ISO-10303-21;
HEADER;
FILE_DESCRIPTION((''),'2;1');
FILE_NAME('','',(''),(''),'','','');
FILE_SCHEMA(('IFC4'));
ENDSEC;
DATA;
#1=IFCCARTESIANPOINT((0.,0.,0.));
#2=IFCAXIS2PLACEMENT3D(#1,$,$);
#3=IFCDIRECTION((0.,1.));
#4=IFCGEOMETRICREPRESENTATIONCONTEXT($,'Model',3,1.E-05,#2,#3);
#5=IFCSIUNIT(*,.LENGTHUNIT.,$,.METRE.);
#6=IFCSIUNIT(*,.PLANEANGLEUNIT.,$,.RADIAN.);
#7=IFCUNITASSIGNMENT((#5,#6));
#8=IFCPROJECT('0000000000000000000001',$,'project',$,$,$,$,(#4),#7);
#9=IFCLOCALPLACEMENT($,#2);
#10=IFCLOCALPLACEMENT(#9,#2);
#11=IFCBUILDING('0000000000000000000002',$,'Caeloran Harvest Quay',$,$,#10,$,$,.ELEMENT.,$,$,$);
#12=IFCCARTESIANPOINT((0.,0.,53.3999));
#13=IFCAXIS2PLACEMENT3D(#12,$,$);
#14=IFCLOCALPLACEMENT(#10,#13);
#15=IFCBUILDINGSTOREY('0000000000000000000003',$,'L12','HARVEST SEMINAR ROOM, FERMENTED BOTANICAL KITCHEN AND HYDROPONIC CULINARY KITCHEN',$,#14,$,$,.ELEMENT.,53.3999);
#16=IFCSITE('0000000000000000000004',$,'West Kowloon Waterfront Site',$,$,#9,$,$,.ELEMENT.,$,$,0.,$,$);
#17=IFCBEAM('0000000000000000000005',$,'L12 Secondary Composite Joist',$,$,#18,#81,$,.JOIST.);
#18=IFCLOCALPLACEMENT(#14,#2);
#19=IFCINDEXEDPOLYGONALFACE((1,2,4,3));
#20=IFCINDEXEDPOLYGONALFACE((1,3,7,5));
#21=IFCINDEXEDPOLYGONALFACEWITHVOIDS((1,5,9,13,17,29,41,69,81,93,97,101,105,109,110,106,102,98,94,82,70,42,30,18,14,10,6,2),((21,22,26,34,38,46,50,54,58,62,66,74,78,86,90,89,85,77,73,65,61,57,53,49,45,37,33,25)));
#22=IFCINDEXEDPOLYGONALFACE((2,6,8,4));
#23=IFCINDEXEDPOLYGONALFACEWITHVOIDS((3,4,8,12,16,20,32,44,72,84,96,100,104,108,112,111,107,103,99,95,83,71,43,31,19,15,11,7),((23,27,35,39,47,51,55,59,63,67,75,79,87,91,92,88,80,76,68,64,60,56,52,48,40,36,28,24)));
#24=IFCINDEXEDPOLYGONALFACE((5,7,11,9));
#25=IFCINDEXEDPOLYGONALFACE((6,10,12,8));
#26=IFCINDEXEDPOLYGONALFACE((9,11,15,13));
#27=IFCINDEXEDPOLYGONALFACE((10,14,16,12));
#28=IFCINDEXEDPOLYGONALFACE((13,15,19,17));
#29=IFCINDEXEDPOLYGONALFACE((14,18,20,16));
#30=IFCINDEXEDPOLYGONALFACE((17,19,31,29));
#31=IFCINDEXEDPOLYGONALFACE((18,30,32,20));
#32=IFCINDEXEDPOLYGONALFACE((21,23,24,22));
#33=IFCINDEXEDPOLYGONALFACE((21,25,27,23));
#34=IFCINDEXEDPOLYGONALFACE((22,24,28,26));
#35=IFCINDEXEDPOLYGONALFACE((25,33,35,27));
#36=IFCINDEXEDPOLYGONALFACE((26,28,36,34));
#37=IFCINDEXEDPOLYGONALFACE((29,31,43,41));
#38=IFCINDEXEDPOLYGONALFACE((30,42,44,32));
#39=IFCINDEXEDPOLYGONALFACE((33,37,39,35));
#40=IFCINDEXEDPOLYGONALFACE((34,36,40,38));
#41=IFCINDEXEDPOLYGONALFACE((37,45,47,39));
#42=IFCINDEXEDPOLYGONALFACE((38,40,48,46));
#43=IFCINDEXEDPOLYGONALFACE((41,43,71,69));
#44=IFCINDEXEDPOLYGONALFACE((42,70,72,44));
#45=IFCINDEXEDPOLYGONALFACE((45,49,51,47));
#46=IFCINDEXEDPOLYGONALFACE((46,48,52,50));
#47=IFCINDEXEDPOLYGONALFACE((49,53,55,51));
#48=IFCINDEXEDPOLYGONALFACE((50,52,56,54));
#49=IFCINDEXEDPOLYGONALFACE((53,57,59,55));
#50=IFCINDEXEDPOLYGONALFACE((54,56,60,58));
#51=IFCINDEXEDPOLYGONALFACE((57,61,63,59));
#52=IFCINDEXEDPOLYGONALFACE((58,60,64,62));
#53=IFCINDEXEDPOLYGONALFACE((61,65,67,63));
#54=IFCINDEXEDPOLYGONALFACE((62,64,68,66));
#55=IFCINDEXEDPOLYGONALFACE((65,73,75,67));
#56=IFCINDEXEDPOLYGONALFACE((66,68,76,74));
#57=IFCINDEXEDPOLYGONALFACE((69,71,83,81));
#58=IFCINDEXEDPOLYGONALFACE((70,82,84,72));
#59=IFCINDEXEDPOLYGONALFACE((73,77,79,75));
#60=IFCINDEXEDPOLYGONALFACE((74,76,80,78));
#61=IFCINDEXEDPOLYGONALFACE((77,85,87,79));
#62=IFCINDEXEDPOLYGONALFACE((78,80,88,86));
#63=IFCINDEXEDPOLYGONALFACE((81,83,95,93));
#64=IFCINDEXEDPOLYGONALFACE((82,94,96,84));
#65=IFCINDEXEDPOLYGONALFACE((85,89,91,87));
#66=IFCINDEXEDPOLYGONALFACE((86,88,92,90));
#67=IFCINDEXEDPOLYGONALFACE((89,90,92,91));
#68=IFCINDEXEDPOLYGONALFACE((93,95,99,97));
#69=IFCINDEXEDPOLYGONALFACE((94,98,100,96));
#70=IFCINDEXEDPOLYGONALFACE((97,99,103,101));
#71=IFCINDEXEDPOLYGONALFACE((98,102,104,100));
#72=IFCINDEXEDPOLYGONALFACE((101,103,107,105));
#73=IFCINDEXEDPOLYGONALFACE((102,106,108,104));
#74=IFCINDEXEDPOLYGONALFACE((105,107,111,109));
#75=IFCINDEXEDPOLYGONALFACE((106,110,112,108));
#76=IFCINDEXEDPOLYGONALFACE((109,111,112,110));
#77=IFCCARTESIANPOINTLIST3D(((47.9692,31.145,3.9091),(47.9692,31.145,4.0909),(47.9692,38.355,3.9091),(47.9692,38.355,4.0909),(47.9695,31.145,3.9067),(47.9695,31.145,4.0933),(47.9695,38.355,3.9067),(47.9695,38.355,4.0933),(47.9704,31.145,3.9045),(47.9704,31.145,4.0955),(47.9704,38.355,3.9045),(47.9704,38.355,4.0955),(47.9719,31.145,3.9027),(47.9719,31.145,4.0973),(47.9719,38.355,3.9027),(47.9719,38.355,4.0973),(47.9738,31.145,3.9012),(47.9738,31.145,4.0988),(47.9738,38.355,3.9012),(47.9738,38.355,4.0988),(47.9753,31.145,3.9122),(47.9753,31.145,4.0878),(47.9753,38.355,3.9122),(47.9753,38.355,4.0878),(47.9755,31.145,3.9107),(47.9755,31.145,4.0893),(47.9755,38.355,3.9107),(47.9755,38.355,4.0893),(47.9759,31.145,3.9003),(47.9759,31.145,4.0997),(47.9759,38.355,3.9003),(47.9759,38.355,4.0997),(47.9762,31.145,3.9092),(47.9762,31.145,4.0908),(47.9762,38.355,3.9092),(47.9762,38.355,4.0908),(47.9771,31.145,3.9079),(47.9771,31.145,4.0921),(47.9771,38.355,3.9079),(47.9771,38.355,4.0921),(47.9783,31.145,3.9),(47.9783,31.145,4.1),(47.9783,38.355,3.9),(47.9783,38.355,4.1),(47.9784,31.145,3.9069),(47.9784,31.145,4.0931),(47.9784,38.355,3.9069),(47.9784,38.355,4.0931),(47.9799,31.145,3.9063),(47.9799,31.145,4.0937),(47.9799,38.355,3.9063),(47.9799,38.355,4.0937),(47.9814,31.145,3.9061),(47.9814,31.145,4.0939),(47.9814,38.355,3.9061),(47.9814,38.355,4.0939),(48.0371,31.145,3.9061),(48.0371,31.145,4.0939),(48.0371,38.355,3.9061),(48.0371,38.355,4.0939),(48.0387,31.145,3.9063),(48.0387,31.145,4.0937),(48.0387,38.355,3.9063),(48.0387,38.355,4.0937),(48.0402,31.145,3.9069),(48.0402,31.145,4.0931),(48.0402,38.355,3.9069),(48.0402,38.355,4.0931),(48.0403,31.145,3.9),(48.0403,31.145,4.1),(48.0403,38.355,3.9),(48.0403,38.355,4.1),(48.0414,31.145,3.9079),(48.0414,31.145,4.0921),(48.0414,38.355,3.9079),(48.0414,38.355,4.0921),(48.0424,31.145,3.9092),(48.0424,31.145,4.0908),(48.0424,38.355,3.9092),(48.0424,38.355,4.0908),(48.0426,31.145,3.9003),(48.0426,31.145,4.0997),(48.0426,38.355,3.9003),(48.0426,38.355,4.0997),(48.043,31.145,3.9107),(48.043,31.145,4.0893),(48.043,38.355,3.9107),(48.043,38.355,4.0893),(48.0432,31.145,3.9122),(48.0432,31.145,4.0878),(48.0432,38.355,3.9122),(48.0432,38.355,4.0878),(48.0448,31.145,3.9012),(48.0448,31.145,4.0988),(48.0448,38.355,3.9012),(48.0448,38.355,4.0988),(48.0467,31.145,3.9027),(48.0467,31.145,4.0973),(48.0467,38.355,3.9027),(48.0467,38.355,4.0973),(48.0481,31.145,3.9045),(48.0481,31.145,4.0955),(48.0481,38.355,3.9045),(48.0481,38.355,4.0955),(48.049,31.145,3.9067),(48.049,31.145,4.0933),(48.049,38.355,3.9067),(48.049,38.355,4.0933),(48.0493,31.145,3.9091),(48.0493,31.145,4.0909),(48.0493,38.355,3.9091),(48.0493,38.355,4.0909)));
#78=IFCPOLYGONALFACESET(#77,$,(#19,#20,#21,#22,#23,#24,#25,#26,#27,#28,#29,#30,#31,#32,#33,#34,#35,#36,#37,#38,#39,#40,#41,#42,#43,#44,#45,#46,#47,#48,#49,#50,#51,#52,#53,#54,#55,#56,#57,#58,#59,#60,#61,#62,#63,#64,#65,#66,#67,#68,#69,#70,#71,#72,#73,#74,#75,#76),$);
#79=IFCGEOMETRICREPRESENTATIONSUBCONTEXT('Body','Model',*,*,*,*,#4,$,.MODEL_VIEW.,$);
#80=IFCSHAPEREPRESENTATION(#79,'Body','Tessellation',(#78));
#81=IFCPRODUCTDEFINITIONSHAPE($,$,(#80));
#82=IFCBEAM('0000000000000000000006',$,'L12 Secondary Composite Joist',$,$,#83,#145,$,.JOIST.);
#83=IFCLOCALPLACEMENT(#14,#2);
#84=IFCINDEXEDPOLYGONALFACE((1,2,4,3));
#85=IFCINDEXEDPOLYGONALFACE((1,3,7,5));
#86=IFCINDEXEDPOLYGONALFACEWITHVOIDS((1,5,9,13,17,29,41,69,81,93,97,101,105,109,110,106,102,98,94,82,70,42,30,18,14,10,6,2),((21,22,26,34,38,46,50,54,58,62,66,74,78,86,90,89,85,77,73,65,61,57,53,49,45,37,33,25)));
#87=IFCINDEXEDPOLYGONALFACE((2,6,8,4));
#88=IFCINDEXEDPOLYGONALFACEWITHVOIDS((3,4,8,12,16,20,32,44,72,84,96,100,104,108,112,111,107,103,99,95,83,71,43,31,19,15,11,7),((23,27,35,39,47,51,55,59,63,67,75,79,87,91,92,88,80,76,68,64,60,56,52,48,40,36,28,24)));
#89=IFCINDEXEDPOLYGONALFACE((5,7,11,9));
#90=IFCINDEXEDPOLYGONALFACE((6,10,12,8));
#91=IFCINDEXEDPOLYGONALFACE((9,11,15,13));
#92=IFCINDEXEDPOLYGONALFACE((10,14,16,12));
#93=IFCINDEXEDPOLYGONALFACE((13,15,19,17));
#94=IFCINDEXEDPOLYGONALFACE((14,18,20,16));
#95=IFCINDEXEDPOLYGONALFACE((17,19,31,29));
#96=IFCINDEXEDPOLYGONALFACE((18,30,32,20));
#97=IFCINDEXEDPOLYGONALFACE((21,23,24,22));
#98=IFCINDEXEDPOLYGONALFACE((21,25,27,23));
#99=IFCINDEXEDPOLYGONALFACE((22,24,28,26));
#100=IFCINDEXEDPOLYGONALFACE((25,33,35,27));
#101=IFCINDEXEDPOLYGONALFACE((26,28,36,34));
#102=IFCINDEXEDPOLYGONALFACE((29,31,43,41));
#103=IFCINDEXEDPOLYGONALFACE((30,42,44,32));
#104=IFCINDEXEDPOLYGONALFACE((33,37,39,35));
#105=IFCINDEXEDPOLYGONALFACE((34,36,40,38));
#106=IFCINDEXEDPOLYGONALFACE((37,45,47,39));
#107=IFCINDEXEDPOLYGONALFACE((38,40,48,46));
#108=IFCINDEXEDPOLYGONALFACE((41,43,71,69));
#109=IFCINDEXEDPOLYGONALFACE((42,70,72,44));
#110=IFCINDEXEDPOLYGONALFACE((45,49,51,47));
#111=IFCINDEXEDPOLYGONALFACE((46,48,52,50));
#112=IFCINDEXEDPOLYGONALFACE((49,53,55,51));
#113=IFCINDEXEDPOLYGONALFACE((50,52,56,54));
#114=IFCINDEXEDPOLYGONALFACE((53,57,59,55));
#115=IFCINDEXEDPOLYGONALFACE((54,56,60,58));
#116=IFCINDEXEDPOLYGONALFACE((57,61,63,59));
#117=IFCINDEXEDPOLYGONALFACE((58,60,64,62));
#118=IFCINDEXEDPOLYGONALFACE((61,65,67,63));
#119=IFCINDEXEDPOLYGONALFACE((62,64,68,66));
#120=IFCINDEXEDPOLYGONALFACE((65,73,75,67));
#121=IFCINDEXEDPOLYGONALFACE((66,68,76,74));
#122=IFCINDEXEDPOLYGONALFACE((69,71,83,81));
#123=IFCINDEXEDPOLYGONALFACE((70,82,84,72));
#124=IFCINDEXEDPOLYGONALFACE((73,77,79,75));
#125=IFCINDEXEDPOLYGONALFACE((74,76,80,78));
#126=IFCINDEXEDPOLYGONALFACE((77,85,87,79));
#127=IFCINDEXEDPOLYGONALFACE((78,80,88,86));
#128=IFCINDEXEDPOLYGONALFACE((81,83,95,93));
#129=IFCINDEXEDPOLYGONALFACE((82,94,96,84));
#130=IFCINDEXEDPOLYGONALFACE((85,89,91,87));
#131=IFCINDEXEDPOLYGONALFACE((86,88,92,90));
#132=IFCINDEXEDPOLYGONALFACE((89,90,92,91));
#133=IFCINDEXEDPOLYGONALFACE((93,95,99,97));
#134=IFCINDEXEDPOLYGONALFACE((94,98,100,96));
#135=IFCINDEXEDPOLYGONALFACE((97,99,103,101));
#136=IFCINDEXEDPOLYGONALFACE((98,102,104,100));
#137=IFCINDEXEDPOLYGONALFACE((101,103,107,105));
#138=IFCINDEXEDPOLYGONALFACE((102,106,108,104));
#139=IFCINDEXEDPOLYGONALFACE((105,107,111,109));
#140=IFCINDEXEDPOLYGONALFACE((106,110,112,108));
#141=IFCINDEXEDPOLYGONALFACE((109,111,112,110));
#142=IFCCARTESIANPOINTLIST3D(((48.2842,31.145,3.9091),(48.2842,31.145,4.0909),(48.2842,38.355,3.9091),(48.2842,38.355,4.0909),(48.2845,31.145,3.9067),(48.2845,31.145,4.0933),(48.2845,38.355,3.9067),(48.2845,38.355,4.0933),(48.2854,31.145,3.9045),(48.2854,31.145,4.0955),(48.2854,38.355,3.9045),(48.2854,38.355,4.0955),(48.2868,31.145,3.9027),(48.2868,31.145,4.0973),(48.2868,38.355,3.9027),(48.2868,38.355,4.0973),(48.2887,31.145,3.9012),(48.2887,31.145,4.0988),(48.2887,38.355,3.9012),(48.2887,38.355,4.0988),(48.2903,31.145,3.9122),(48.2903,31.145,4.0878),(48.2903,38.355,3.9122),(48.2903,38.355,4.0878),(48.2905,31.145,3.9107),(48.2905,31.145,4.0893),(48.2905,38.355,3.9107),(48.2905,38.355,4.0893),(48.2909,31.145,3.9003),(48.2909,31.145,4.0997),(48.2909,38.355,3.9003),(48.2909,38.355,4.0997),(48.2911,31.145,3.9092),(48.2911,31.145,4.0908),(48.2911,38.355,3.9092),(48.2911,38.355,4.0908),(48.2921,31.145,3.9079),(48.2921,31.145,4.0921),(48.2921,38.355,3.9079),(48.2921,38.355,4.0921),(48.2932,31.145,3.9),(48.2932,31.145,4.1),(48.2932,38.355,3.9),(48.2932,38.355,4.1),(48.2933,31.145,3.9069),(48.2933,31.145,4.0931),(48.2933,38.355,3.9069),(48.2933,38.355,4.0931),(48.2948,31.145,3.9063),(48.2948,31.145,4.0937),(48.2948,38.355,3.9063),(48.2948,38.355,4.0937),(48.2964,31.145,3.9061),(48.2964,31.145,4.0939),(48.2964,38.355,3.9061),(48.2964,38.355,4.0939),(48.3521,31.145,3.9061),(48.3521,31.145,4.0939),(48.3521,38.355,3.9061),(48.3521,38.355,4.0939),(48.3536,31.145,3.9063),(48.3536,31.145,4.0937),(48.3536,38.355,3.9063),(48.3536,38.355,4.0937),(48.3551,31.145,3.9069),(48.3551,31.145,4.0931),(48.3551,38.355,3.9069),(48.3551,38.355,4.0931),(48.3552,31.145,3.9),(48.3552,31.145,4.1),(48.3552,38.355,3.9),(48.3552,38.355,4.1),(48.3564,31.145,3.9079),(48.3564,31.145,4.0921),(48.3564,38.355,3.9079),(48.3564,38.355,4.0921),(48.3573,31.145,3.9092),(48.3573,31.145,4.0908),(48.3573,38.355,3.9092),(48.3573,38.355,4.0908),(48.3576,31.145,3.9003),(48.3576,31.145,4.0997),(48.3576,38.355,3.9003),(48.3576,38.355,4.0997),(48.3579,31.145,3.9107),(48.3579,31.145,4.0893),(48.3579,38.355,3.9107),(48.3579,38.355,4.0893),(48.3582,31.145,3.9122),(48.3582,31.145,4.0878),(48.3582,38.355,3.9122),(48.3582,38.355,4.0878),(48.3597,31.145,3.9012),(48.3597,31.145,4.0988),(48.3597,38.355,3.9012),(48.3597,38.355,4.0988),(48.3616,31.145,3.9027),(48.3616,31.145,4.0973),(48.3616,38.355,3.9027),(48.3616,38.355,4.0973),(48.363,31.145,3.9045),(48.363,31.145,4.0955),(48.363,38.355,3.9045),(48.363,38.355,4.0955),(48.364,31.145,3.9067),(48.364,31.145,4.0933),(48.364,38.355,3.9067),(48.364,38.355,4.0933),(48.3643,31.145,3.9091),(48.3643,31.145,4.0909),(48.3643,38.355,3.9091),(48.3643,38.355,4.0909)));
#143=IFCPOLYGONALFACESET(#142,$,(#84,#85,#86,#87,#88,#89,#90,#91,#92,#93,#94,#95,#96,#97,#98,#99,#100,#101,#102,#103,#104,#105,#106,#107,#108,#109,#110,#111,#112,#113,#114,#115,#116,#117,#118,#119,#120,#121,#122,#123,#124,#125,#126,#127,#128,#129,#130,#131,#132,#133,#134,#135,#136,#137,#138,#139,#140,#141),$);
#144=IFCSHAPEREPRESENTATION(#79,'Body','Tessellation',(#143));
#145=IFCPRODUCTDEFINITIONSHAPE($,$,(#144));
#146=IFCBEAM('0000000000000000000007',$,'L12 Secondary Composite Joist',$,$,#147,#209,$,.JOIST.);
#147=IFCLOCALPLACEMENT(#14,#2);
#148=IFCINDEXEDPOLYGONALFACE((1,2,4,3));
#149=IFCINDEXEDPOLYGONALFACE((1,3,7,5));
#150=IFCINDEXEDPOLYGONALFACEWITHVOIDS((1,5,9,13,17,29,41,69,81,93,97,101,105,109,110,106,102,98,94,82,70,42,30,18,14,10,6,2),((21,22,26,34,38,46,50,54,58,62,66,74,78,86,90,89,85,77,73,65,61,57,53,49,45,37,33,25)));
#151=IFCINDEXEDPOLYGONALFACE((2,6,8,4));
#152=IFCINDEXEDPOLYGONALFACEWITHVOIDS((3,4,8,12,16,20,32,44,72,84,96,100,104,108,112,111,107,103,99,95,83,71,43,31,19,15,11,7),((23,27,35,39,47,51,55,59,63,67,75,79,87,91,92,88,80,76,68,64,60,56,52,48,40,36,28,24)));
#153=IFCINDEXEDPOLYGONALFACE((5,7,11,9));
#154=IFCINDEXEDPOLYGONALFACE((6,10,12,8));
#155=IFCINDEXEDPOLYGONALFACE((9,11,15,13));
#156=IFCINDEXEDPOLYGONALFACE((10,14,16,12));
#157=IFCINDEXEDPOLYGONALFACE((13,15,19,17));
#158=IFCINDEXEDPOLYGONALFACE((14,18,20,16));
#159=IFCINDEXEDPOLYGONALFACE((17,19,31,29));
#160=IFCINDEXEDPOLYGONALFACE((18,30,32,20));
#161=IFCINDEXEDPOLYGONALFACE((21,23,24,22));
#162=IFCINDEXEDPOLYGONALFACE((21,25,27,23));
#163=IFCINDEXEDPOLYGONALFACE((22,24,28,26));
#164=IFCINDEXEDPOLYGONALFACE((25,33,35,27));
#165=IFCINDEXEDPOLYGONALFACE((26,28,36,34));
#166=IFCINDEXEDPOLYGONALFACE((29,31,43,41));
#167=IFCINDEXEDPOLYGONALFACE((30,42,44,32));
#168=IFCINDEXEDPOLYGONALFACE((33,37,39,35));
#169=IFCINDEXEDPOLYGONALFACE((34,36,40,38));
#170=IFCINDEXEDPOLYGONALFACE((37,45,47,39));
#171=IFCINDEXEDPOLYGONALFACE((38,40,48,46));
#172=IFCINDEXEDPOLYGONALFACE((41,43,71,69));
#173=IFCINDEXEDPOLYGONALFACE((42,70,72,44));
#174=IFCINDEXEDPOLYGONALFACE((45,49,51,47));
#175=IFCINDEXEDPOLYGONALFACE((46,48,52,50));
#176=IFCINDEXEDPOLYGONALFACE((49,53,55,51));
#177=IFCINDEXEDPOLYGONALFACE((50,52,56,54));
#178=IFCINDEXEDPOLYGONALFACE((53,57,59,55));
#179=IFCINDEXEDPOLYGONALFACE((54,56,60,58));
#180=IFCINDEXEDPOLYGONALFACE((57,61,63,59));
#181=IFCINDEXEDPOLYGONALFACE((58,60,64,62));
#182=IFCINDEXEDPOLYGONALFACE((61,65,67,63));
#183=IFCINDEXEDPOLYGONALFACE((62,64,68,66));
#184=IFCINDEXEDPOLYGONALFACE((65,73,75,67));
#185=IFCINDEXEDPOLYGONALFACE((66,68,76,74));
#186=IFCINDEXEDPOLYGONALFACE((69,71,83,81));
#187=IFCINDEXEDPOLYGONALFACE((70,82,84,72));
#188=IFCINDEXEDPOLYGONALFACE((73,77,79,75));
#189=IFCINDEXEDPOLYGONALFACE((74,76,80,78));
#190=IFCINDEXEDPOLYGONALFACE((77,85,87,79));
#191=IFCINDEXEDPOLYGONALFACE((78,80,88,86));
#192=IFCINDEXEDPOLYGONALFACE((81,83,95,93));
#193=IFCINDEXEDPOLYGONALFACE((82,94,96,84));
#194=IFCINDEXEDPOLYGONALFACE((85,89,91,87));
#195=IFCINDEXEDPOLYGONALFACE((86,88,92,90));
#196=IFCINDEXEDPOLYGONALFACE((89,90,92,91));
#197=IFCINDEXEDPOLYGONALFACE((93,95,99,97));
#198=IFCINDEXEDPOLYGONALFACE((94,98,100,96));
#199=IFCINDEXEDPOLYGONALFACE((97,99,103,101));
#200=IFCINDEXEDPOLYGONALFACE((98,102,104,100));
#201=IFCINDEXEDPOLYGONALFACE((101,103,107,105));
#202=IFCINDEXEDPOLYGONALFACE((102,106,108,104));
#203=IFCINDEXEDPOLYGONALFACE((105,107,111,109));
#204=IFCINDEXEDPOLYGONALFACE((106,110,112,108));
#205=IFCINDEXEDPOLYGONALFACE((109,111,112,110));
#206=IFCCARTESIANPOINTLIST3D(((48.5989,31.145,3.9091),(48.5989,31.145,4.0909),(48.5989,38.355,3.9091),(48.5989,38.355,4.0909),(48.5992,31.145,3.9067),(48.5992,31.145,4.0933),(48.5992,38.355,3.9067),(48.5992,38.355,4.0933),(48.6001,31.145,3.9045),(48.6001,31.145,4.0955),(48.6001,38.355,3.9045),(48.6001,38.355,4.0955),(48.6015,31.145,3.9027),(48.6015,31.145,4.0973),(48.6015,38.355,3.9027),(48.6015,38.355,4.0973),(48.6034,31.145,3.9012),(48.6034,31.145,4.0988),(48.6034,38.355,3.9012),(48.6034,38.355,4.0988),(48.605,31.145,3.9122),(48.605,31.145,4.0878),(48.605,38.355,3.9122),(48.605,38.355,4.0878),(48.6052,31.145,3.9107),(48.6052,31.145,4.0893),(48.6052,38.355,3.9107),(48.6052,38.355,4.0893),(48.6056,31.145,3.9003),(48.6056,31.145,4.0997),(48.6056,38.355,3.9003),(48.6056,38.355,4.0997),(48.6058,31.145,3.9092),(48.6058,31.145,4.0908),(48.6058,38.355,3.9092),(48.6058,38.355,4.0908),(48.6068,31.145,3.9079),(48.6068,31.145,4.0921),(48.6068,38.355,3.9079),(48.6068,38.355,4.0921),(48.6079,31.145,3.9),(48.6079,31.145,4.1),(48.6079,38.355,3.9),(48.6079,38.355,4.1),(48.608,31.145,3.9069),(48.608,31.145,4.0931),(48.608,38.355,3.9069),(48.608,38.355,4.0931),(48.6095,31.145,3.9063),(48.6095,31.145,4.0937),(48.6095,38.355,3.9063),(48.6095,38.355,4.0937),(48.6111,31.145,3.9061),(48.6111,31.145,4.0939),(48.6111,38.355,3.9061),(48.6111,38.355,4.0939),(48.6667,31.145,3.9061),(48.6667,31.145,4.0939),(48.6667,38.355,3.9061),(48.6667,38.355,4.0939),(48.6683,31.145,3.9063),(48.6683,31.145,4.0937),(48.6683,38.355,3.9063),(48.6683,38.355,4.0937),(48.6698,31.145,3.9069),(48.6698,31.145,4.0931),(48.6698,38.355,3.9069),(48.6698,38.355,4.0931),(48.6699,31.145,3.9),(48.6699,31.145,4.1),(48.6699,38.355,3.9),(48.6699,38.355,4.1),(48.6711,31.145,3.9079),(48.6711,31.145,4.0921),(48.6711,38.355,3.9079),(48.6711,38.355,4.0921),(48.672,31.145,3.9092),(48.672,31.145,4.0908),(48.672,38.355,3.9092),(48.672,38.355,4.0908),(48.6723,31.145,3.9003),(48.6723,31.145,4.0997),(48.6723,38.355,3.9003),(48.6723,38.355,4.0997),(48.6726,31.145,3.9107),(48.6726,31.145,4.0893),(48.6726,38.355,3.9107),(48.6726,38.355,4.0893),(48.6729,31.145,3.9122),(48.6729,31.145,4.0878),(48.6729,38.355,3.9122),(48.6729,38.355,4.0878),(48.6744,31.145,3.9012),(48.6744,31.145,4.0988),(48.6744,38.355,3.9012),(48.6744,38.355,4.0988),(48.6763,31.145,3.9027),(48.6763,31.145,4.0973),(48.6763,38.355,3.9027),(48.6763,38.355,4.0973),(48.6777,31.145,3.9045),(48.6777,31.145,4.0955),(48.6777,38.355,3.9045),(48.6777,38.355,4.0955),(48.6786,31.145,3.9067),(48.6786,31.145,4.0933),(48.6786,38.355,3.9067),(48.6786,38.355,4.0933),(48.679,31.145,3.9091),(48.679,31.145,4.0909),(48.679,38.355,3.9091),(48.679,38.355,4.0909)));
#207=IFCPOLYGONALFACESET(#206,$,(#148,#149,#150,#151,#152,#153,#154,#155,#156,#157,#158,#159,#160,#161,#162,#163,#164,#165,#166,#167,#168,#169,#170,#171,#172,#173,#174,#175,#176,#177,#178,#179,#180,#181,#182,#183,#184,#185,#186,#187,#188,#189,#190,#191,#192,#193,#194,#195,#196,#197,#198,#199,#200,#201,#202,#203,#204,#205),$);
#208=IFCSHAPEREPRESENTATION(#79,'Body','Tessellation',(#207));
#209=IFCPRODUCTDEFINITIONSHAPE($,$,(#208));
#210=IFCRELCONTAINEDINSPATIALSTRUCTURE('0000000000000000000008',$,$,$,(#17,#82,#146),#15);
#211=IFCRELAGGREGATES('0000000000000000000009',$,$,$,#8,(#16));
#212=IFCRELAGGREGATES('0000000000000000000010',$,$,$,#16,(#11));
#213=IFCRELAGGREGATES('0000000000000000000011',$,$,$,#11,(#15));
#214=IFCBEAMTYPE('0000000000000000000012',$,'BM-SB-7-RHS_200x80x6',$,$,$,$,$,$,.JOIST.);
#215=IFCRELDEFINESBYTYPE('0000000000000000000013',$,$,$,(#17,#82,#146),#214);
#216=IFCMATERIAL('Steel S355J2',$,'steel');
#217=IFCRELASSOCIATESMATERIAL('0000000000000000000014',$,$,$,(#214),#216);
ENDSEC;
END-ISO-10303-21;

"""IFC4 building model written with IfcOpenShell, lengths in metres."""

from ifc_helpers import new_model, si_unit, direction, frame, origin, origin_2d, place, context, subcontext, project, spatial, hollow_rectangle, extrude, material, material_profile, profile_set, type_object, element, save


model = new_model("IFC4")

# Units and contexts
model_context = context("Model", 3, precision=1e-05, world=origin(), true_north=direction((0.0, 1.0)))
body_context = subcontext(model_context, "Body", "Model", "MODEL_VIEW")
ifc_project = project(units=[si_unit("LENGTHUNIT", "METRE"), si_unit("PLANEANGLEUNIT", "RADIAN")], contexts=[model_context])

# Site, building, storey
site_placement = place(None, origin())
site = spatial("IfcSite", under=ifc_project, at=site_placement, Name="West Kowloon Waterfront Site", CompositionType="ELEMENT", RefElevation=0.0)
building_placement = place(site_placement, origin())
building = spatial("IfcBuilding", under=site, at=building_placement, Name="Caeloran Harvest Quay", CompositionType="ELEMENT")
storey_placement = place(building_placement, frame((0.0, 0.0, 53.3999)))
storey = spatial("IfcBuildingStorey", under=building, at=storey_placement, Name="L12", Description="HARVEST SEMINAR ROOM, FERMENTED BOTANICAL KITCHEN AND HYDROPONIC CULINARY KITCHEN", CompositionType="ELEMENT", Elevation=53.3999)

# Beams
ifc_material_1 = material(Name="Steel S355J2", Category="steel")
ifc_material_profile_1 = material_profile(ifc_material_1, hollow_rectangle(XDim=0.0801, YDim=0.2, WallThickness=0.0061, InnerFilletRadius=0.0061, OuterFilletRadius=0.009, at=origin_2d()), Name="RHS 200x80x6")
ifc_profile_set_1 = profile_set([ifc_material_profile_1], Name="Steel S355J2")
beam_type_1 = type_object("IfcBeamType", Name="BM-SB-7-RHS_200x80x6", PredefinedType="JOIST", material=ifc_profile_set_1)
for number, where, z_axis, x_axis, name in (
    (1, (48.0093, 31.145, 4.0), (0.0, 1.0, 0.0), (-1.0, 0.0, 0.0), "L12 Secondary Composite Joist"),
    (2, (48.3242, 31.145, 4.0), (0.0, 1.0, 0.0), (-1.0, 0.0, 0.0), "L12 Secondary Composite Joist"),
    (3, (48.6389, 31.145, 4.0), (0.0, 1.0, 0.0), (-1.0, 0.0, 0.0), "L12 Secondary Composite Joist"),
):
    element("IfcBeam", number, at=place(storey_placement, frame(where, z_axis=z_axis, x_axis=x_axis)), inside=storey, type_object=beam_type_1, Name=name, PredefinedType="JOIST", context=body_context, shape_type="SweptSolid", body=[
        extrude(hollow_rectangle(XDim=0.0801, YDim=0.2, WallThickness=0.0061, InnerFilletRadius=0.0061, OuterFilletRadius=0.009, at=origin_2d()), origin(), (0.0, 0.0, 1.0), 7.21),
    ])

save(model, "model.ifc")
